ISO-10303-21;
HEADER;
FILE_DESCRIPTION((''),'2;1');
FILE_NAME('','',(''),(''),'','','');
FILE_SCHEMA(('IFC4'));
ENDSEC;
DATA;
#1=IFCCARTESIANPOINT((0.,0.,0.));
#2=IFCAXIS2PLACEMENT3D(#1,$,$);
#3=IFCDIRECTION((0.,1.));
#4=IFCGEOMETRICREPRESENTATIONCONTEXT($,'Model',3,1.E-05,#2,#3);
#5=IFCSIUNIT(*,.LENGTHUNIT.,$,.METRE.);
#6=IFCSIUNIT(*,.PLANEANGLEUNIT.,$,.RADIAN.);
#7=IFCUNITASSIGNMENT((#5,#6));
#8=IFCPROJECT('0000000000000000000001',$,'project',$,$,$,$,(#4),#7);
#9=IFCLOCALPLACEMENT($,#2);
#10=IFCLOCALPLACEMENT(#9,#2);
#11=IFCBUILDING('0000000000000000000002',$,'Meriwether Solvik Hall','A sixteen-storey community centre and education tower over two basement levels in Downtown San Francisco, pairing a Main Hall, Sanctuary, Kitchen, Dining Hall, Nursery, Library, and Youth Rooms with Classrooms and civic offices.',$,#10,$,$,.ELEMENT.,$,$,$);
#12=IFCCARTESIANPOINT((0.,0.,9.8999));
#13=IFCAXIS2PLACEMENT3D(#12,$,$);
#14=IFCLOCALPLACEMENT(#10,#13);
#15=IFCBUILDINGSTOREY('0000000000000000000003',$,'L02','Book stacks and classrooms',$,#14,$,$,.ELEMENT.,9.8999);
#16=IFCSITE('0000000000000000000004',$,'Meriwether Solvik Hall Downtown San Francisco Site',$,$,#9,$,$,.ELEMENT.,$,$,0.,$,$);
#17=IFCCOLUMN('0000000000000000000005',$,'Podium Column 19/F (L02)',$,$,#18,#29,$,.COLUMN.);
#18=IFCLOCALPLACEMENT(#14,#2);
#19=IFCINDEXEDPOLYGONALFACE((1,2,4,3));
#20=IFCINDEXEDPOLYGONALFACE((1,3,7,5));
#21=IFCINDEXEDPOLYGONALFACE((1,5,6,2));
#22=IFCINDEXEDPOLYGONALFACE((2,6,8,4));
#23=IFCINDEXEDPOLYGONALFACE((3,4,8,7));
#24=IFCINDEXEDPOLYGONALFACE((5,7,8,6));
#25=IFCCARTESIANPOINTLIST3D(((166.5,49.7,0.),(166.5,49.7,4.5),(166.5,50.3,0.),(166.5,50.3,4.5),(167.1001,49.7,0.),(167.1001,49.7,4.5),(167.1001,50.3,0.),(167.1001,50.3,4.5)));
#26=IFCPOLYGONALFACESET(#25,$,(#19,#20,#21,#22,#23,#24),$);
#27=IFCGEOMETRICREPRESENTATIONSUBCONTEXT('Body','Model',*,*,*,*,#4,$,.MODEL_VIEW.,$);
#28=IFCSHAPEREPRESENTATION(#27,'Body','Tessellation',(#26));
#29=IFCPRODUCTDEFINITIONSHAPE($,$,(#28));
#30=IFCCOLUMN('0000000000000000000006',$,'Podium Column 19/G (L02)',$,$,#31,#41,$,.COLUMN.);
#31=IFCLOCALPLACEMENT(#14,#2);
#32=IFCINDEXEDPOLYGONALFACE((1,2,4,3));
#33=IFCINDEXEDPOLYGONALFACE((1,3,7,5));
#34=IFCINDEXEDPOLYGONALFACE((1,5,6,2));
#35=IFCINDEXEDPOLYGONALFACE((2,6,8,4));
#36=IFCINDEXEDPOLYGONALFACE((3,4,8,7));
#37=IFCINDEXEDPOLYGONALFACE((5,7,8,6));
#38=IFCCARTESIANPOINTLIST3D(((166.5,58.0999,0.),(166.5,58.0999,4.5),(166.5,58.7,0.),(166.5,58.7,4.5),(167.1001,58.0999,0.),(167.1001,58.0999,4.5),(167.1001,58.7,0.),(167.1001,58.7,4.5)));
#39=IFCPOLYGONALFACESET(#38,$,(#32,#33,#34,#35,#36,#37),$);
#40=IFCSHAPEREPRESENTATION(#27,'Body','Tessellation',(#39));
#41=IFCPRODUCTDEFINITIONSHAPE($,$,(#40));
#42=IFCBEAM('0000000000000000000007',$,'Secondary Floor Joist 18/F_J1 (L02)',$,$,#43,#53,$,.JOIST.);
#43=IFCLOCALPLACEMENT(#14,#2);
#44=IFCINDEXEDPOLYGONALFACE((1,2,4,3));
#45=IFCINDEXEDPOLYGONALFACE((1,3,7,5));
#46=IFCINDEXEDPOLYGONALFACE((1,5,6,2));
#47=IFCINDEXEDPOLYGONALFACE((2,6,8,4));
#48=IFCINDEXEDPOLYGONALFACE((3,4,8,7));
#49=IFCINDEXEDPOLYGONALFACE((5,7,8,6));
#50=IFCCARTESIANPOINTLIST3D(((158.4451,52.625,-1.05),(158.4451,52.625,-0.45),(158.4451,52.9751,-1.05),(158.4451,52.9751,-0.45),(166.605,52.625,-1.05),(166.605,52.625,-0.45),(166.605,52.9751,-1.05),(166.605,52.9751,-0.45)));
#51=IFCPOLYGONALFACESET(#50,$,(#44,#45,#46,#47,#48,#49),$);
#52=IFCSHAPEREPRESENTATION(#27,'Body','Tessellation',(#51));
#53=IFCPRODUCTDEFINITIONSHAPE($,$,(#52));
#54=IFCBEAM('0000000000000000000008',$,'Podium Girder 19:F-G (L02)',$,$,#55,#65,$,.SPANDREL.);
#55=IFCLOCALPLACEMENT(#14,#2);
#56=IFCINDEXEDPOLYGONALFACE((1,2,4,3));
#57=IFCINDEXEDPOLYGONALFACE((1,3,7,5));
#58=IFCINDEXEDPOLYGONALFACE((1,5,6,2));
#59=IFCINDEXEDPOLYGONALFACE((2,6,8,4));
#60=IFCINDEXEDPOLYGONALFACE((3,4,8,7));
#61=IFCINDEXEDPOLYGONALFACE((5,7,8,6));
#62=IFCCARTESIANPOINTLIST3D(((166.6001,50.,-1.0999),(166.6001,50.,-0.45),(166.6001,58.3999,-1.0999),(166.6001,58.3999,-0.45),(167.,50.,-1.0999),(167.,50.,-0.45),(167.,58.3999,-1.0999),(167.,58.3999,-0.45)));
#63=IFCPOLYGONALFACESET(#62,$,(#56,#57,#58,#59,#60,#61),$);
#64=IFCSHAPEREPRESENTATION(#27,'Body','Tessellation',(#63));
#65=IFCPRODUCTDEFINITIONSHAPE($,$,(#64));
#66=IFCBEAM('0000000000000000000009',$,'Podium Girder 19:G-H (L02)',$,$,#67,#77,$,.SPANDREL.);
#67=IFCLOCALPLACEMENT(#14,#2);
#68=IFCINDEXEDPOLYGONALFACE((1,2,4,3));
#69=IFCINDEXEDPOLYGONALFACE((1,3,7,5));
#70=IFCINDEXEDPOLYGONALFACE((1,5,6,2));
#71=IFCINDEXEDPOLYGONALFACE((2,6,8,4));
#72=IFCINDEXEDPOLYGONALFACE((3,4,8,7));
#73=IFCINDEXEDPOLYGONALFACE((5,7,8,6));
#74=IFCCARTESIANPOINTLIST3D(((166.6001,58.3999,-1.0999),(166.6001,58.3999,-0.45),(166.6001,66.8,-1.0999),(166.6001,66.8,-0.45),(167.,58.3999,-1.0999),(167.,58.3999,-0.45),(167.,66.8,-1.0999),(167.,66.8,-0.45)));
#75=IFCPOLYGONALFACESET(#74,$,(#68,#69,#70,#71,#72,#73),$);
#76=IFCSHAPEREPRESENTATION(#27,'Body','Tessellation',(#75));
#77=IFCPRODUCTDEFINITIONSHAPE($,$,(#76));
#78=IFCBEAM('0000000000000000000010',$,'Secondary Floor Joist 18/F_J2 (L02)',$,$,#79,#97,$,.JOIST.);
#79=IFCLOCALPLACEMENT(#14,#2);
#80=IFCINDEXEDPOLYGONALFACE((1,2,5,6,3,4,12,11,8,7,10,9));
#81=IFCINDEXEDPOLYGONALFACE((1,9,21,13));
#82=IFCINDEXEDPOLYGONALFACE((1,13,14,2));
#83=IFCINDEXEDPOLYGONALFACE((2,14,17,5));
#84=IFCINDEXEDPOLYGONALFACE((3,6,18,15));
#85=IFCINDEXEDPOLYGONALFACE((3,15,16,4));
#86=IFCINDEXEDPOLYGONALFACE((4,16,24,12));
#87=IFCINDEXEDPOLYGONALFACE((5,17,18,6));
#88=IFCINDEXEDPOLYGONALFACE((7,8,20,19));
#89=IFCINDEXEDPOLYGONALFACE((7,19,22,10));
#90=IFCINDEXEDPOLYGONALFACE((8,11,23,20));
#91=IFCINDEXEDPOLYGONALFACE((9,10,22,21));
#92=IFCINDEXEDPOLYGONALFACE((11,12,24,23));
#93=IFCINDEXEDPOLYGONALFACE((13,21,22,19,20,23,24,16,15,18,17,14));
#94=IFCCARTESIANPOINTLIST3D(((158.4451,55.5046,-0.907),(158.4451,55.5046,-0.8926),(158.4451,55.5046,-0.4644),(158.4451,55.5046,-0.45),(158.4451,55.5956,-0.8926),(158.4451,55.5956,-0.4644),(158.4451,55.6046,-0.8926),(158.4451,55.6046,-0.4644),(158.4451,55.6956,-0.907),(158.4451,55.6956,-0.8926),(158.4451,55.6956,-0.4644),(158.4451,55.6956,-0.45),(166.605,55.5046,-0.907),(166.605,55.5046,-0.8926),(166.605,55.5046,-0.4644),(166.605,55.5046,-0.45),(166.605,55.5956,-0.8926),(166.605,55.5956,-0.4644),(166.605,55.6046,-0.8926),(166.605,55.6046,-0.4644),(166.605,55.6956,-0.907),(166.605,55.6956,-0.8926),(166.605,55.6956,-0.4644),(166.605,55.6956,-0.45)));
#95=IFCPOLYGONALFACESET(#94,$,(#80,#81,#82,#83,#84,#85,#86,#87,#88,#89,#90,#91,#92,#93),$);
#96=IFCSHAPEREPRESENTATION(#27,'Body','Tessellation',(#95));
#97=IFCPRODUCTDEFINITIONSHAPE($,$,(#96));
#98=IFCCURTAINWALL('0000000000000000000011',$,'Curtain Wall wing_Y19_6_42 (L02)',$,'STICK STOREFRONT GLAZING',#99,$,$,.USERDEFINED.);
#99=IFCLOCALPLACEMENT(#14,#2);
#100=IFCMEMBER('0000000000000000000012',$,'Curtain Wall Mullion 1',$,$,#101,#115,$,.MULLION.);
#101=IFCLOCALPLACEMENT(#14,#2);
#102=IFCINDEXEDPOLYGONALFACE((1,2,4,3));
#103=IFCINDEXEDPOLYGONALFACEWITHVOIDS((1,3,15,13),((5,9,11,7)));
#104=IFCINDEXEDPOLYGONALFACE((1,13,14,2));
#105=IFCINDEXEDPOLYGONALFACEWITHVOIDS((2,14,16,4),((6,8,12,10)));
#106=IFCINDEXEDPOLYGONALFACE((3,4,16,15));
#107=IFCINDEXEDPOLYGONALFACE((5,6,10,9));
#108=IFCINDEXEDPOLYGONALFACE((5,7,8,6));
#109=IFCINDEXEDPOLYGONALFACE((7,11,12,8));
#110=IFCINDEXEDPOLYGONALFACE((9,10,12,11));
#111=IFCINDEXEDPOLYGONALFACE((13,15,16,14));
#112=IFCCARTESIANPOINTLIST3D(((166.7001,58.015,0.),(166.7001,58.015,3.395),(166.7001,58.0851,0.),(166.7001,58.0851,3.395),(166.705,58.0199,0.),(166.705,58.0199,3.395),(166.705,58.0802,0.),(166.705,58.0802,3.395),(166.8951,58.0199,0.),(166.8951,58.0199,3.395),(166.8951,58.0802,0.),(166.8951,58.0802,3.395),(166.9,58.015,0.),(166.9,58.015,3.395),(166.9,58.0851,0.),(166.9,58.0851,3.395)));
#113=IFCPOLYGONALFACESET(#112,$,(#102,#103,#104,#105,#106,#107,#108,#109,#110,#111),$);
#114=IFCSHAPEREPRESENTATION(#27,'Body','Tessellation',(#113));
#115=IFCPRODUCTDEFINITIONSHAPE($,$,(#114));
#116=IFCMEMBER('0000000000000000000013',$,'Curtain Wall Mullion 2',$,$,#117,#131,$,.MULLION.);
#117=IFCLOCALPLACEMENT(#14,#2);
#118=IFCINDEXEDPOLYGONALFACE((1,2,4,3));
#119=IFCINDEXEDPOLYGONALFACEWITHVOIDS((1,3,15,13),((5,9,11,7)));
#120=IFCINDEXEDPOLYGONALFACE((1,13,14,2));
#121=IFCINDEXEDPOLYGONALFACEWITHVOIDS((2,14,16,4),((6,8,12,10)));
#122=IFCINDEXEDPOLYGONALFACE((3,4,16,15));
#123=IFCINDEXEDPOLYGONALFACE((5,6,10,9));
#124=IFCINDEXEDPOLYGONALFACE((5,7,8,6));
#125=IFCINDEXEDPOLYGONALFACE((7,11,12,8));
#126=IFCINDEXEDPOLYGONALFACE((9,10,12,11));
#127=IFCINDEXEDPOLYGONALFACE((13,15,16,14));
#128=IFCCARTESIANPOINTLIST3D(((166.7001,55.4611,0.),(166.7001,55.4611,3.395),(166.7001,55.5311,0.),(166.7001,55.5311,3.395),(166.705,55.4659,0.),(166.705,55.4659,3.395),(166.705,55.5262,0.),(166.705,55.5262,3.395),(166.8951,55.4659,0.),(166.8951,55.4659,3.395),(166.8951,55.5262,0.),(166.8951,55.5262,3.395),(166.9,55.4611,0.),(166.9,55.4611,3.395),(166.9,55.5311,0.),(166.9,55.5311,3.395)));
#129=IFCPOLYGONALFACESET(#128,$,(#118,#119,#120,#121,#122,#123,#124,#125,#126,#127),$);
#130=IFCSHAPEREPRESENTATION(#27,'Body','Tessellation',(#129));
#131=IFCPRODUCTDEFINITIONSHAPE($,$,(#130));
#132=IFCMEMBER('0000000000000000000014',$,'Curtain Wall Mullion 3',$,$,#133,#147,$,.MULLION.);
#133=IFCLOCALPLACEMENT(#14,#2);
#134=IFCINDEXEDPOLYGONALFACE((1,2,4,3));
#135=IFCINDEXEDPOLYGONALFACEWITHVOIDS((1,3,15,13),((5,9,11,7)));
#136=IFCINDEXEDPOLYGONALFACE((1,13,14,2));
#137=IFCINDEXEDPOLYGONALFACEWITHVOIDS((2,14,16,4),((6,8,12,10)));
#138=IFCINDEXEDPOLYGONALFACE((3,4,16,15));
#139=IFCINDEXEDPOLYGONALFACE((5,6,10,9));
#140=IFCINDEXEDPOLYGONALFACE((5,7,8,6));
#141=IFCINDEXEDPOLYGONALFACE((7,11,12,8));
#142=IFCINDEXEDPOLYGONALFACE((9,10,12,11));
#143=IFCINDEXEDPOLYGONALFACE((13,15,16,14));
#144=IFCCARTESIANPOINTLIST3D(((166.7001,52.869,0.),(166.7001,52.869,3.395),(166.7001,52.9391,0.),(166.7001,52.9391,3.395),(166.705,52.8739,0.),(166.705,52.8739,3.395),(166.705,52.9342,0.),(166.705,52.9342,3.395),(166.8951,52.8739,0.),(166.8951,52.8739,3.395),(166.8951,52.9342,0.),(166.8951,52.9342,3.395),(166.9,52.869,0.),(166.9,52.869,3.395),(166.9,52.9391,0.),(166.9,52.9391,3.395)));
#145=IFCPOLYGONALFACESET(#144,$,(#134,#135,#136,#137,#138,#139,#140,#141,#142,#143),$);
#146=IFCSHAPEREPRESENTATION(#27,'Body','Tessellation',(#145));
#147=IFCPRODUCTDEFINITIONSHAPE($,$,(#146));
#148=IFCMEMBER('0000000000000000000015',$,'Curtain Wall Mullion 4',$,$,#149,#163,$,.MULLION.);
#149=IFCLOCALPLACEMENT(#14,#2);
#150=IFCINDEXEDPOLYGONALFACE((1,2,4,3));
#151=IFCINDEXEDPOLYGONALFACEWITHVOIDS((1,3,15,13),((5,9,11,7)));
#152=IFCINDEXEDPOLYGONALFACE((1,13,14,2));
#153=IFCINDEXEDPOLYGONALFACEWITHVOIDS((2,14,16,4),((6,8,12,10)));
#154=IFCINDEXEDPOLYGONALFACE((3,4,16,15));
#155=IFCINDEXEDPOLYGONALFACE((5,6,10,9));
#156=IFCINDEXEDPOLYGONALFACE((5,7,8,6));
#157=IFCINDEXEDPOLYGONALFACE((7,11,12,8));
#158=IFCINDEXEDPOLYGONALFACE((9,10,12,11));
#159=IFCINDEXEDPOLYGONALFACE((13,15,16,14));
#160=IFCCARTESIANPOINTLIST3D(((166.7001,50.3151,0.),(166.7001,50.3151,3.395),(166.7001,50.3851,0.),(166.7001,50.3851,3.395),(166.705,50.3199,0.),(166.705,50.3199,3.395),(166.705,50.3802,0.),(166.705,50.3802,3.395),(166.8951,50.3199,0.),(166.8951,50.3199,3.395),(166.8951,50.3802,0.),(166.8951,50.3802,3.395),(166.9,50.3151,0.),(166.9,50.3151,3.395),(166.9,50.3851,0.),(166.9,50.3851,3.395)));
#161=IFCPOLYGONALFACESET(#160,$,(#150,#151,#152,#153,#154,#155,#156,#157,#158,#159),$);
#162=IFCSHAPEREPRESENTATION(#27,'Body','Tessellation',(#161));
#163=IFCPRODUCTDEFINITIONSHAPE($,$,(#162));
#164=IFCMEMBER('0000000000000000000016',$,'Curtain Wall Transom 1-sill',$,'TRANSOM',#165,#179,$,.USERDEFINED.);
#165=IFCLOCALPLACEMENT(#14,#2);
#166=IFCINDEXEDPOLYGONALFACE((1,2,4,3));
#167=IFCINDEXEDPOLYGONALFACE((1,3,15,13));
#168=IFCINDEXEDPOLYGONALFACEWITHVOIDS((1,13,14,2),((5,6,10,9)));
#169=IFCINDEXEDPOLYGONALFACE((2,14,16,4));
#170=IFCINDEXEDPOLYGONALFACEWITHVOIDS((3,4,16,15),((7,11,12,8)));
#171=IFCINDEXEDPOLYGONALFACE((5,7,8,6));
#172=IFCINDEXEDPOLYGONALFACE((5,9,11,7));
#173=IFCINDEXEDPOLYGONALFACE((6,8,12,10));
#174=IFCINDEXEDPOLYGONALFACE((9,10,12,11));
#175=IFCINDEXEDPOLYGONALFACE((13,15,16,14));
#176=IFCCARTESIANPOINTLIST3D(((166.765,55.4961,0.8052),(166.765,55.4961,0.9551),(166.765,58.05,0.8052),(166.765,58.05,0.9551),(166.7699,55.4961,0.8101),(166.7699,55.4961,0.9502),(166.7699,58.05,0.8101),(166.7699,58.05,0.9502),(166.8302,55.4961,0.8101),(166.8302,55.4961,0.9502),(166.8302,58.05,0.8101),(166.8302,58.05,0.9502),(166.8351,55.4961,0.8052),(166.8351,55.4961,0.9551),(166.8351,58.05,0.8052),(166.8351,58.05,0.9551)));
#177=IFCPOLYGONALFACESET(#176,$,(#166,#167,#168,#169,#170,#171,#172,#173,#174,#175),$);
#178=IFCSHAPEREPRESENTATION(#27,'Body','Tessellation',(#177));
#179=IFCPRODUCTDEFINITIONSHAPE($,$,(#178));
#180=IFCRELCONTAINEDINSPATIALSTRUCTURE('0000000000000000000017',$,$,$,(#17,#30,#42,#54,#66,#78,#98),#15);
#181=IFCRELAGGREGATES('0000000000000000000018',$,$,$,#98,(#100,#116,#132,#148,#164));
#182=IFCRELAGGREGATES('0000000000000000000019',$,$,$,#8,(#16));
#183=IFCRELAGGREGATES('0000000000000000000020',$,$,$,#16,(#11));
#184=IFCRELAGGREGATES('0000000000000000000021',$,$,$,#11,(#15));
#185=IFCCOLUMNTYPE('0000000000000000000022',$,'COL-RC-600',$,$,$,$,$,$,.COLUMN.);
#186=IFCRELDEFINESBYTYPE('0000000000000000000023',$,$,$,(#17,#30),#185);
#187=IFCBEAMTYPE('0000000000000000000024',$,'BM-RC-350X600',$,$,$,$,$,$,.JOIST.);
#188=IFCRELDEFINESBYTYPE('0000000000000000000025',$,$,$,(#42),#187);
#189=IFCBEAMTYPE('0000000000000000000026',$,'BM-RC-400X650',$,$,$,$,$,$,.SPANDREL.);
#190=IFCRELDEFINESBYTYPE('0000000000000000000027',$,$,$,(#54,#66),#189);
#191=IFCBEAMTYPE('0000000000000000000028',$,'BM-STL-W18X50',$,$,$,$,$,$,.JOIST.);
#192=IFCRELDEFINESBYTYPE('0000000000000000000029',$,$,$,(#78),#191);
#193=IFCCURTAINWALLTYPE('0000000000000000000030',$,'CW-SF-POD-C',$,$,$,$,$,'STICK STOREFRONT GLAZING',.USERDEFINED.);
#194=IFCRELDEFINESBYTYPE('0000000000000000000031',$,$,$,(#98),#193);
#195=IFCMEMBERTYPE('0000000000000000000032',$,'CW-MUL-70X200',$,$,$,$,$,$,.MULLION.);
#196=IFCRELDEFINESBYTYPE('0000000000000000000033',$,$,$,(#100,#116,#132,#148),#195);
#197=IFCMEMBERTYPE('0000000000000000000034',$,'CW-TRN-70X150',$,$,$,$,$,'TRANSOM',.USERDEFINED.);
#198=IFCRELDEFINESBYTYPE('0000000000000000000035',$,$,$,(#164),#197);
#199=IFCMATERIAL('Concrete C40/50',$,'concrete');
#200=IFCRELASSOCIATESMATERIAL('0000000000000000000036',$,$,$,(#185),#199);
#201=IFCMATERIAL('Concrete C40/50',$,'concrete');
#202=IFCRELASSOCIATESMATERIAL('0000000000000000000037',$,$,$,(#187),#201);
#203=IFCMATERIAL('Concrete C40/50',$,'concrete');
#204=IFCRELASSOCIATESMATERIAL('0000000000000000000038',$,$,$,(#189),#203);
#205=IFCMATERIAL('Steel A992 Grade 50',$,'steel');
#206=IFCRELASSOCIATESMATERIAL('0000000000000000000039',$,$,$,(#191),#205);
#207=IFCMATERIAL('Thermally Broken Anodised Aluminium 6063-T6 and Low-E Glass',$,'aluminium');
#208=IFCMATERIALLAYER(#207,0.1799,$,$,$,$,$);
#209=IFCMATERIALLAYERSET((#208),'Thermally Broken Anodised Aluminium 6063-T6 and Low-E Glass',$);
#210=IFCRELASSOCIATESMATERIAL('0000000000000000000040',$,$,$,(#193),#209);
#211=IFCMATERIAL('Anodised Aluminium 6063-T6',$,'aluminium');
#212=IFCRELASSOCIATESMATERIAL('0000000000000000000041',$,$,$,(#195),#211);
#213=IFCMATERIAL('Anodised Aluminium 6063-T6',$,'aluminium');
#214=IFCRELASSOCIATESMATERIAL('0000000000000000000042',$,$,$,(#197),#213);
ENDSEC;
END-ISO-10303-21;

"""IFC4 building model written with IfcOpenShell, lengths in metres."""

from ifc_helpers import new_model, si_unit, direction, frame, origin, origin_2d, place, context, subcontext, project, spatial, rectangle, hollow_rectangle, i_section, extrude, material, layer, layer_set, material_profile, profile_set, type_object, element, aggregate, save


model = new_model("IFC4")

# Units and contexts
model_context = context("Model", 3, precision=1e-05, world=origin(), true_north=direction((0.0, 1.0)))
body_context = subcontext(model_context, "Body", "Model", "MODEL_VIEW")
ifc_project = project(units=[si_unit("LENGTHUNIT", "METRE"), si_unit("PLANEANGLEUNIT", "RADIAN")], contexts=[model_context])

# Site, building, storey
site_placement = place(None, origin())
site = spatial("IfcSite", under=ifc_project, at=site_placement, Name="Meriwether Solvik Hall Downtown San Francisco Site", CompositionType="ELEMENT", RefElevation=0.0)
building_placement = place(site_placement, origin())
building = spatial("IfcBuilding", under=site, at=building_placement, Name="Meriwether Solvik Hall", Description="A sixteen-storey community centre and education tower over two basement levels in Downtown San Francisco, pairing a Main Hall, Sanctuary, Kitchen, Dining Hall, Nursery, Library, and Youth Rooms with Classrooms and civic offices.", CompositionType="ELEMENT")
storey_placement = place(building_placement, frame((0.0, 0.0, 9.8999)))
storey = spatial("IfcBuildingStorey", under=building, at=storey_placement, Name="L02", Description="Book stacks and classrooms", CompositionType="ELEMENT", Elevation=9.8999)

# Columns
ifc_material_1 = material(Name="Concrete C40/50", Category="concrete")
ifc_material_profile_1 = material_profile(ifc_material_1, rectangle(XDim=0.6001, YDim=0.6001, at=origin_2d()), Name="RCC-600X600")
ifc_profile_set_1 = profile_set([ifc_material_profile_1], Name="Concrete C40/50")
column_type = type_object("IfcColumnType", Name="COL-RC-600", PredefinedType="COLUMN", material=ifc_profile_set_1)
for number, where, z_axis, x_axis, name in (
    (1, (166.8, 50.0, 0.0), (0.0, 0.0, 1.0), (1.0, 0.0, 0.0), "Podium Column 19/F (L02)"),
    (2, (166.8, 58.3999, 0.0), (0.0, 0.0, 1.0), (1.0, 0.0, 0.0), "Podium Column 19/G (L02)"),
):
    element("IfcColumn", number, at=place(storey_placement, frame(where, z_axis=z_axis, x_axis=x_axis)), inside=storey, type_object=column_type, Name=name, PredefinedType="COLUMN", context=body_context, shape_type="SweptSolid", body=[
        extrude(rectangle(XDim=0.6001, YDim=0.6001, at=origin_2d()), origin(), (0.0, 0.0, 1.0), 4.5),
    ])

# Beams
ifc_material_2 = material(Name="Concrete C40/50", Category="concrete")
ifc_material_profile_2 = material_profile(ifc_material_2, rectangle(XDim=0.3501, YDim=0.6001, at=origin_2d()), Name="RCB-350X600")
ifc_profile_set_2 = profile_set([ifc_material_profile_2], Name="Concrete C40/50")
beam_type_1 = type_object("IfcBeamType", Name="BM-RC-350X600", PredefinedType="JOIST", material=ifc_profile_set_2)
beam_1_placement = place(storey_placement, frame((158.4451, 52.8, -0.75), z_axis=(1.0, 0.0, 0.0), x_axis=(0.0, 1.0, 0.0)))
element("IfcBeam", 3, at=beam_1_placement, inside=storey, type_object=beam_type_1, Name="Secondary Floor Joist 18/F_J1 (L02)", PredefinedType="JOIST", context=body_context, shape_type="SweptSolid", body=[
    extrude(rectangle(XDim=0.3501, YDim=0.6001, at=origin_2d()), origin(), (0.0, 0.0, 1.0), 8.1599),
])
ifc_material_3 = material(Name="Concrete C40/50", Category="concrete")
ifc_material_profile_3 = material_profile(ifc_material_3, rectangle(XDim=0.3999, YDim=0.6499, at=origin_2d()), Name="RCB-400X650")
ifc_profile_set_3 = profile_set([ifc_material_profile_3], Name="Concrete C40/50")
beam_type_2 = type_object("IfcBeamType", Name="BM-RC-400X650", PredefinedType="SPANDREL", material=ifc_profile_set_3)
beam_2_placement = place(storey_placement, frame((166.8, 50.0, -0.7749), z_axis=(0.0, 1.0, 0.0), x_axis=(-1.0, 0.0, 0.0)))
element("IfcBeam", 4, at=beam_2_placement, inside=storey, type_object=beam_type_2, Name="Podium Girder 19:F-G (L02)", PredefinedType="SPANDREL", context=body_context, shape_type="SweptSolid", body=[
    extrude(rectangle(XDim=0.3999, YDim=0.6499, at=origin_2d()), origin(), (0.0, 0.0, 1.0), 8.3999),
])
beam_3_placement = place(storey_placement, frame((166.8, 58.3999, -0.7749), z_axis=(0.0, 1.0, 0.0), x_axis=(-1.0, 0.0, 0.0)))
element("IfcBeam", 5, at=beam_3_placement, inside=storey, type_object=beam_type_2, Name="Podium Girder 19:G-H (L02)", PredefinedType="SPANDREL", context=body_context, shape_type="SweptSolid", body=[
    extrude(rectangle(XDim=0.3999, YDim=0.6499, at=origin_2d()), origin(), (0.0, 0.0, 1.0), 8.4001),
])
ifc_material_4 = material(Name="Steel A992 Grade 50", Category="steel")
ifc_material_profile_4 = material_profile(ifc_material_4, i_section(OverallWidth=0.1909, OverallDepth=0.457, WebThickness=0.009, FlangeThickness=0.0144, at=origin_2d()), Name="W18X50")
ifc_profile_set_4 = profile_set([ifc_material_profile_4], Name="Steel A992 Grade 50")
beam_type_3 = type_object("IfcBeamType", Name="BM-STL-W18X50", PredefinedType="JOIST", material=ifc_profile_set_4)
beam_4_placement = place(storey_placement, frame((158.4451, 55.6001, -0.6785), z_axis=(1.0, 0.0, 0.0), x_axis=(0.0, 1.0, 0.0)))
element("IfcBeam", 6, at=beam_4_placement, inside=storey, type_object=beam_type_3, Name="Secondary Floor Joist 18/F_J2 (L02)", PredefinedType="JOIST", context=body_context, shape_type="SweptSolid", body=[
    extrude(i_section(OverallWidth=0.1909, OverallDepth=0.457, WebThickness=0.009, FlangeThickness=0.0144, at=origin_2d()), origin(), (0.0, 0.0, 1.0), 8.1599),
])

# Curtain wall, members
ifc_material_5 = material(Name="Thermally Broken Anodised Aluminium 6063-T6 and Low-E Glass", Category="aluminium")
ifc_layer_1 = layer(ifc_material_5, 0.1799)
ifc_layer_set_1 = layer_set([ifc_layer_1], Name="Thermally Broken Anodised Aluminium 6063-T6 and Low-E Glass")
curtain_wall_type = type_object("IfcCurtainWallType", Name="CW-SF-POD-C", ElementType="STICK STOREFRONT GLAZING", PredefinedType="USERDEFINED", material=ifc_layer_set_1)
curtain_wall_placement = place(storey_placement, origin())
curtain_wall = element("IfcCurtainWall", 7, at=curtain_wall_placement, inside=storey, type_object=curtain_wall_type, Name="Curtain Wall wing_Y19_6_42 (L02)", ObjectType="STICK STOREFRONT GLAZING", PredefinedType="USERDEFINED")
ifc_material_6 = material(Name="Anodised Aluminium 6063-T6", Category="aluminium")
ifc_material_profile_5 = material_profile(ifc_material_6, hollow_rectangle(XDim=0.0701, YDim=0.2, WallThickness=0.0049, at=origin_2d()), Name="CWM-70X200")
ifc_profile_set_5 = profile_set([ifc_material_profile_5], Name="Anodised Aluminium 6063-T6")
member_type_1 = type_object("IfcMemberType", Name="CW-MUL-70X200", PredefinedType="MULLION", material=ifc_profile_set_5)
member_1_placement = place(storey_placement, frame((166.8, 58.05, 0.0), z_axis=(0.0, 0.0, 1.0), x_axis=(0.0, -1.0, 0.0)))
member_1 = element("IfcMember", 8, at=member_1_placement, type_object=member_type_1, Name="Curtain Wall Mullion 1", PredefinedType="MULLION", context=body_context, shape_type="SweptSolid", body=[
    extrude(hollow_rectangle(XDim=0.0701, YDim=0.2, WallThickness=0.0049, at=origin_2d()), origin(), (0.0, 0.0, 1.0), 3.395),
])
member_2_placement = place(storey_placement, frame((166.8, 55.4961, 0.0), z_axis=(0.0, 0.0, 1.0), x_axis=(0.0, -1.0, 0.0)))
member_2 = element("IfcMember", 9, at=member_2_placement, type_object=member_type_1, Name="Curtain Wall Mullion 2", PredefinedType="MULLION", context=body_context, shape_type="SweptSolid", body=[
    extrude(hollow_rectangle(XDim=0.0701, YDim=0.2, WallThickness=0.0049, at=origin_2d()), origin(), (0.0, 0.0, 1.0), 3.395),
])
member_3_placement = place(storey_placement, frame((166.8, 52.9041, 0.0), z_axis=(0.0, 0.0, 1.0), x_axis=(0.0, -1.0, 0.0)))
member_3 = element("IfcMember", 10, at=member_3_placement, type_object=member_type_1, Name="Curtain Wall Mullion 3", PredefinedType="MULLION", context=body_context, shape_type="SweptSolid", body=[
    extrude(hollow_rectangle(XDim=0.0701, YDim=0.2, WallThickness=0.0049, at=origin_2d()), origin(), (0.0, 0.0, 1.0), 3.395),
])
member_4_placement = place(storey_placement, frame((166.8, 50.3501, 0.0), z_axis=(0.0, 0.0, 1.0), x_axis=(0.0, -1.0, 0.0)))
member_4 = element("IfcMember", 11, at=member_4_placement, type_object=member_type_1, Name="Curtain Wall Mullion 4", PredefinedType="MULLION", context=body_context, shape_type="SweptSolid", body=[
    extrude(hollow_rectangle(XDim=0.0701, YDim=0.2, WallThickness=0.0049, at=origin_2d()), origin(), (0.0, 0.0, 1.0), 3.395),
])
ifc_material_7 = material(Name="Anodised Aluminium 6063-T6", Category="aluminium")
ifc_material_profile_6 = material_profile(ifc_material_7, hollow_rectangle(XDim=0.0701, YDim=0.1499, WallThickness=0.0049, at=origin_2d()), Name="CWT-70X150")
ifc_profile_set_6 = profile_set([ifc_material_profile_6], Name="Anodised Aluminium 6063-T6")
member_type_2 = type_object("IfcMemberType", Name="CW-TRN-70X150", ElementType="TRANSOM", PredefinedType="USERDEFINED", material=ifc_profile_set_6)
member_5_placement = place(storey_placement, frame((166.8, 58.05, 0.8801), z_axis=(0.0, -1.0, 0.0), x_axis=(1.0, 0.0, 0.0)))
member_5 = element("IfcMember", 12, at=member_5_placement, type_object=member_type_2, Name="Curtain Wall Transom 1-sill", ObjectType="TRANSOM", PredefinedType="USERDEFINED", context=body_context, shape_type="SweptSolid", body=[
    extrude(hollow_rectangle(XDim=0.0701, YDim=0.1499, WallThickness=0.0049, at=origin_2d()), origin(), (0.0, 0.0, 1.0), 2.554),
])
aggregate(curtain_wall, [member_1, member_2, member_3, member_4, member_5])

save(model, "model.ifc")
